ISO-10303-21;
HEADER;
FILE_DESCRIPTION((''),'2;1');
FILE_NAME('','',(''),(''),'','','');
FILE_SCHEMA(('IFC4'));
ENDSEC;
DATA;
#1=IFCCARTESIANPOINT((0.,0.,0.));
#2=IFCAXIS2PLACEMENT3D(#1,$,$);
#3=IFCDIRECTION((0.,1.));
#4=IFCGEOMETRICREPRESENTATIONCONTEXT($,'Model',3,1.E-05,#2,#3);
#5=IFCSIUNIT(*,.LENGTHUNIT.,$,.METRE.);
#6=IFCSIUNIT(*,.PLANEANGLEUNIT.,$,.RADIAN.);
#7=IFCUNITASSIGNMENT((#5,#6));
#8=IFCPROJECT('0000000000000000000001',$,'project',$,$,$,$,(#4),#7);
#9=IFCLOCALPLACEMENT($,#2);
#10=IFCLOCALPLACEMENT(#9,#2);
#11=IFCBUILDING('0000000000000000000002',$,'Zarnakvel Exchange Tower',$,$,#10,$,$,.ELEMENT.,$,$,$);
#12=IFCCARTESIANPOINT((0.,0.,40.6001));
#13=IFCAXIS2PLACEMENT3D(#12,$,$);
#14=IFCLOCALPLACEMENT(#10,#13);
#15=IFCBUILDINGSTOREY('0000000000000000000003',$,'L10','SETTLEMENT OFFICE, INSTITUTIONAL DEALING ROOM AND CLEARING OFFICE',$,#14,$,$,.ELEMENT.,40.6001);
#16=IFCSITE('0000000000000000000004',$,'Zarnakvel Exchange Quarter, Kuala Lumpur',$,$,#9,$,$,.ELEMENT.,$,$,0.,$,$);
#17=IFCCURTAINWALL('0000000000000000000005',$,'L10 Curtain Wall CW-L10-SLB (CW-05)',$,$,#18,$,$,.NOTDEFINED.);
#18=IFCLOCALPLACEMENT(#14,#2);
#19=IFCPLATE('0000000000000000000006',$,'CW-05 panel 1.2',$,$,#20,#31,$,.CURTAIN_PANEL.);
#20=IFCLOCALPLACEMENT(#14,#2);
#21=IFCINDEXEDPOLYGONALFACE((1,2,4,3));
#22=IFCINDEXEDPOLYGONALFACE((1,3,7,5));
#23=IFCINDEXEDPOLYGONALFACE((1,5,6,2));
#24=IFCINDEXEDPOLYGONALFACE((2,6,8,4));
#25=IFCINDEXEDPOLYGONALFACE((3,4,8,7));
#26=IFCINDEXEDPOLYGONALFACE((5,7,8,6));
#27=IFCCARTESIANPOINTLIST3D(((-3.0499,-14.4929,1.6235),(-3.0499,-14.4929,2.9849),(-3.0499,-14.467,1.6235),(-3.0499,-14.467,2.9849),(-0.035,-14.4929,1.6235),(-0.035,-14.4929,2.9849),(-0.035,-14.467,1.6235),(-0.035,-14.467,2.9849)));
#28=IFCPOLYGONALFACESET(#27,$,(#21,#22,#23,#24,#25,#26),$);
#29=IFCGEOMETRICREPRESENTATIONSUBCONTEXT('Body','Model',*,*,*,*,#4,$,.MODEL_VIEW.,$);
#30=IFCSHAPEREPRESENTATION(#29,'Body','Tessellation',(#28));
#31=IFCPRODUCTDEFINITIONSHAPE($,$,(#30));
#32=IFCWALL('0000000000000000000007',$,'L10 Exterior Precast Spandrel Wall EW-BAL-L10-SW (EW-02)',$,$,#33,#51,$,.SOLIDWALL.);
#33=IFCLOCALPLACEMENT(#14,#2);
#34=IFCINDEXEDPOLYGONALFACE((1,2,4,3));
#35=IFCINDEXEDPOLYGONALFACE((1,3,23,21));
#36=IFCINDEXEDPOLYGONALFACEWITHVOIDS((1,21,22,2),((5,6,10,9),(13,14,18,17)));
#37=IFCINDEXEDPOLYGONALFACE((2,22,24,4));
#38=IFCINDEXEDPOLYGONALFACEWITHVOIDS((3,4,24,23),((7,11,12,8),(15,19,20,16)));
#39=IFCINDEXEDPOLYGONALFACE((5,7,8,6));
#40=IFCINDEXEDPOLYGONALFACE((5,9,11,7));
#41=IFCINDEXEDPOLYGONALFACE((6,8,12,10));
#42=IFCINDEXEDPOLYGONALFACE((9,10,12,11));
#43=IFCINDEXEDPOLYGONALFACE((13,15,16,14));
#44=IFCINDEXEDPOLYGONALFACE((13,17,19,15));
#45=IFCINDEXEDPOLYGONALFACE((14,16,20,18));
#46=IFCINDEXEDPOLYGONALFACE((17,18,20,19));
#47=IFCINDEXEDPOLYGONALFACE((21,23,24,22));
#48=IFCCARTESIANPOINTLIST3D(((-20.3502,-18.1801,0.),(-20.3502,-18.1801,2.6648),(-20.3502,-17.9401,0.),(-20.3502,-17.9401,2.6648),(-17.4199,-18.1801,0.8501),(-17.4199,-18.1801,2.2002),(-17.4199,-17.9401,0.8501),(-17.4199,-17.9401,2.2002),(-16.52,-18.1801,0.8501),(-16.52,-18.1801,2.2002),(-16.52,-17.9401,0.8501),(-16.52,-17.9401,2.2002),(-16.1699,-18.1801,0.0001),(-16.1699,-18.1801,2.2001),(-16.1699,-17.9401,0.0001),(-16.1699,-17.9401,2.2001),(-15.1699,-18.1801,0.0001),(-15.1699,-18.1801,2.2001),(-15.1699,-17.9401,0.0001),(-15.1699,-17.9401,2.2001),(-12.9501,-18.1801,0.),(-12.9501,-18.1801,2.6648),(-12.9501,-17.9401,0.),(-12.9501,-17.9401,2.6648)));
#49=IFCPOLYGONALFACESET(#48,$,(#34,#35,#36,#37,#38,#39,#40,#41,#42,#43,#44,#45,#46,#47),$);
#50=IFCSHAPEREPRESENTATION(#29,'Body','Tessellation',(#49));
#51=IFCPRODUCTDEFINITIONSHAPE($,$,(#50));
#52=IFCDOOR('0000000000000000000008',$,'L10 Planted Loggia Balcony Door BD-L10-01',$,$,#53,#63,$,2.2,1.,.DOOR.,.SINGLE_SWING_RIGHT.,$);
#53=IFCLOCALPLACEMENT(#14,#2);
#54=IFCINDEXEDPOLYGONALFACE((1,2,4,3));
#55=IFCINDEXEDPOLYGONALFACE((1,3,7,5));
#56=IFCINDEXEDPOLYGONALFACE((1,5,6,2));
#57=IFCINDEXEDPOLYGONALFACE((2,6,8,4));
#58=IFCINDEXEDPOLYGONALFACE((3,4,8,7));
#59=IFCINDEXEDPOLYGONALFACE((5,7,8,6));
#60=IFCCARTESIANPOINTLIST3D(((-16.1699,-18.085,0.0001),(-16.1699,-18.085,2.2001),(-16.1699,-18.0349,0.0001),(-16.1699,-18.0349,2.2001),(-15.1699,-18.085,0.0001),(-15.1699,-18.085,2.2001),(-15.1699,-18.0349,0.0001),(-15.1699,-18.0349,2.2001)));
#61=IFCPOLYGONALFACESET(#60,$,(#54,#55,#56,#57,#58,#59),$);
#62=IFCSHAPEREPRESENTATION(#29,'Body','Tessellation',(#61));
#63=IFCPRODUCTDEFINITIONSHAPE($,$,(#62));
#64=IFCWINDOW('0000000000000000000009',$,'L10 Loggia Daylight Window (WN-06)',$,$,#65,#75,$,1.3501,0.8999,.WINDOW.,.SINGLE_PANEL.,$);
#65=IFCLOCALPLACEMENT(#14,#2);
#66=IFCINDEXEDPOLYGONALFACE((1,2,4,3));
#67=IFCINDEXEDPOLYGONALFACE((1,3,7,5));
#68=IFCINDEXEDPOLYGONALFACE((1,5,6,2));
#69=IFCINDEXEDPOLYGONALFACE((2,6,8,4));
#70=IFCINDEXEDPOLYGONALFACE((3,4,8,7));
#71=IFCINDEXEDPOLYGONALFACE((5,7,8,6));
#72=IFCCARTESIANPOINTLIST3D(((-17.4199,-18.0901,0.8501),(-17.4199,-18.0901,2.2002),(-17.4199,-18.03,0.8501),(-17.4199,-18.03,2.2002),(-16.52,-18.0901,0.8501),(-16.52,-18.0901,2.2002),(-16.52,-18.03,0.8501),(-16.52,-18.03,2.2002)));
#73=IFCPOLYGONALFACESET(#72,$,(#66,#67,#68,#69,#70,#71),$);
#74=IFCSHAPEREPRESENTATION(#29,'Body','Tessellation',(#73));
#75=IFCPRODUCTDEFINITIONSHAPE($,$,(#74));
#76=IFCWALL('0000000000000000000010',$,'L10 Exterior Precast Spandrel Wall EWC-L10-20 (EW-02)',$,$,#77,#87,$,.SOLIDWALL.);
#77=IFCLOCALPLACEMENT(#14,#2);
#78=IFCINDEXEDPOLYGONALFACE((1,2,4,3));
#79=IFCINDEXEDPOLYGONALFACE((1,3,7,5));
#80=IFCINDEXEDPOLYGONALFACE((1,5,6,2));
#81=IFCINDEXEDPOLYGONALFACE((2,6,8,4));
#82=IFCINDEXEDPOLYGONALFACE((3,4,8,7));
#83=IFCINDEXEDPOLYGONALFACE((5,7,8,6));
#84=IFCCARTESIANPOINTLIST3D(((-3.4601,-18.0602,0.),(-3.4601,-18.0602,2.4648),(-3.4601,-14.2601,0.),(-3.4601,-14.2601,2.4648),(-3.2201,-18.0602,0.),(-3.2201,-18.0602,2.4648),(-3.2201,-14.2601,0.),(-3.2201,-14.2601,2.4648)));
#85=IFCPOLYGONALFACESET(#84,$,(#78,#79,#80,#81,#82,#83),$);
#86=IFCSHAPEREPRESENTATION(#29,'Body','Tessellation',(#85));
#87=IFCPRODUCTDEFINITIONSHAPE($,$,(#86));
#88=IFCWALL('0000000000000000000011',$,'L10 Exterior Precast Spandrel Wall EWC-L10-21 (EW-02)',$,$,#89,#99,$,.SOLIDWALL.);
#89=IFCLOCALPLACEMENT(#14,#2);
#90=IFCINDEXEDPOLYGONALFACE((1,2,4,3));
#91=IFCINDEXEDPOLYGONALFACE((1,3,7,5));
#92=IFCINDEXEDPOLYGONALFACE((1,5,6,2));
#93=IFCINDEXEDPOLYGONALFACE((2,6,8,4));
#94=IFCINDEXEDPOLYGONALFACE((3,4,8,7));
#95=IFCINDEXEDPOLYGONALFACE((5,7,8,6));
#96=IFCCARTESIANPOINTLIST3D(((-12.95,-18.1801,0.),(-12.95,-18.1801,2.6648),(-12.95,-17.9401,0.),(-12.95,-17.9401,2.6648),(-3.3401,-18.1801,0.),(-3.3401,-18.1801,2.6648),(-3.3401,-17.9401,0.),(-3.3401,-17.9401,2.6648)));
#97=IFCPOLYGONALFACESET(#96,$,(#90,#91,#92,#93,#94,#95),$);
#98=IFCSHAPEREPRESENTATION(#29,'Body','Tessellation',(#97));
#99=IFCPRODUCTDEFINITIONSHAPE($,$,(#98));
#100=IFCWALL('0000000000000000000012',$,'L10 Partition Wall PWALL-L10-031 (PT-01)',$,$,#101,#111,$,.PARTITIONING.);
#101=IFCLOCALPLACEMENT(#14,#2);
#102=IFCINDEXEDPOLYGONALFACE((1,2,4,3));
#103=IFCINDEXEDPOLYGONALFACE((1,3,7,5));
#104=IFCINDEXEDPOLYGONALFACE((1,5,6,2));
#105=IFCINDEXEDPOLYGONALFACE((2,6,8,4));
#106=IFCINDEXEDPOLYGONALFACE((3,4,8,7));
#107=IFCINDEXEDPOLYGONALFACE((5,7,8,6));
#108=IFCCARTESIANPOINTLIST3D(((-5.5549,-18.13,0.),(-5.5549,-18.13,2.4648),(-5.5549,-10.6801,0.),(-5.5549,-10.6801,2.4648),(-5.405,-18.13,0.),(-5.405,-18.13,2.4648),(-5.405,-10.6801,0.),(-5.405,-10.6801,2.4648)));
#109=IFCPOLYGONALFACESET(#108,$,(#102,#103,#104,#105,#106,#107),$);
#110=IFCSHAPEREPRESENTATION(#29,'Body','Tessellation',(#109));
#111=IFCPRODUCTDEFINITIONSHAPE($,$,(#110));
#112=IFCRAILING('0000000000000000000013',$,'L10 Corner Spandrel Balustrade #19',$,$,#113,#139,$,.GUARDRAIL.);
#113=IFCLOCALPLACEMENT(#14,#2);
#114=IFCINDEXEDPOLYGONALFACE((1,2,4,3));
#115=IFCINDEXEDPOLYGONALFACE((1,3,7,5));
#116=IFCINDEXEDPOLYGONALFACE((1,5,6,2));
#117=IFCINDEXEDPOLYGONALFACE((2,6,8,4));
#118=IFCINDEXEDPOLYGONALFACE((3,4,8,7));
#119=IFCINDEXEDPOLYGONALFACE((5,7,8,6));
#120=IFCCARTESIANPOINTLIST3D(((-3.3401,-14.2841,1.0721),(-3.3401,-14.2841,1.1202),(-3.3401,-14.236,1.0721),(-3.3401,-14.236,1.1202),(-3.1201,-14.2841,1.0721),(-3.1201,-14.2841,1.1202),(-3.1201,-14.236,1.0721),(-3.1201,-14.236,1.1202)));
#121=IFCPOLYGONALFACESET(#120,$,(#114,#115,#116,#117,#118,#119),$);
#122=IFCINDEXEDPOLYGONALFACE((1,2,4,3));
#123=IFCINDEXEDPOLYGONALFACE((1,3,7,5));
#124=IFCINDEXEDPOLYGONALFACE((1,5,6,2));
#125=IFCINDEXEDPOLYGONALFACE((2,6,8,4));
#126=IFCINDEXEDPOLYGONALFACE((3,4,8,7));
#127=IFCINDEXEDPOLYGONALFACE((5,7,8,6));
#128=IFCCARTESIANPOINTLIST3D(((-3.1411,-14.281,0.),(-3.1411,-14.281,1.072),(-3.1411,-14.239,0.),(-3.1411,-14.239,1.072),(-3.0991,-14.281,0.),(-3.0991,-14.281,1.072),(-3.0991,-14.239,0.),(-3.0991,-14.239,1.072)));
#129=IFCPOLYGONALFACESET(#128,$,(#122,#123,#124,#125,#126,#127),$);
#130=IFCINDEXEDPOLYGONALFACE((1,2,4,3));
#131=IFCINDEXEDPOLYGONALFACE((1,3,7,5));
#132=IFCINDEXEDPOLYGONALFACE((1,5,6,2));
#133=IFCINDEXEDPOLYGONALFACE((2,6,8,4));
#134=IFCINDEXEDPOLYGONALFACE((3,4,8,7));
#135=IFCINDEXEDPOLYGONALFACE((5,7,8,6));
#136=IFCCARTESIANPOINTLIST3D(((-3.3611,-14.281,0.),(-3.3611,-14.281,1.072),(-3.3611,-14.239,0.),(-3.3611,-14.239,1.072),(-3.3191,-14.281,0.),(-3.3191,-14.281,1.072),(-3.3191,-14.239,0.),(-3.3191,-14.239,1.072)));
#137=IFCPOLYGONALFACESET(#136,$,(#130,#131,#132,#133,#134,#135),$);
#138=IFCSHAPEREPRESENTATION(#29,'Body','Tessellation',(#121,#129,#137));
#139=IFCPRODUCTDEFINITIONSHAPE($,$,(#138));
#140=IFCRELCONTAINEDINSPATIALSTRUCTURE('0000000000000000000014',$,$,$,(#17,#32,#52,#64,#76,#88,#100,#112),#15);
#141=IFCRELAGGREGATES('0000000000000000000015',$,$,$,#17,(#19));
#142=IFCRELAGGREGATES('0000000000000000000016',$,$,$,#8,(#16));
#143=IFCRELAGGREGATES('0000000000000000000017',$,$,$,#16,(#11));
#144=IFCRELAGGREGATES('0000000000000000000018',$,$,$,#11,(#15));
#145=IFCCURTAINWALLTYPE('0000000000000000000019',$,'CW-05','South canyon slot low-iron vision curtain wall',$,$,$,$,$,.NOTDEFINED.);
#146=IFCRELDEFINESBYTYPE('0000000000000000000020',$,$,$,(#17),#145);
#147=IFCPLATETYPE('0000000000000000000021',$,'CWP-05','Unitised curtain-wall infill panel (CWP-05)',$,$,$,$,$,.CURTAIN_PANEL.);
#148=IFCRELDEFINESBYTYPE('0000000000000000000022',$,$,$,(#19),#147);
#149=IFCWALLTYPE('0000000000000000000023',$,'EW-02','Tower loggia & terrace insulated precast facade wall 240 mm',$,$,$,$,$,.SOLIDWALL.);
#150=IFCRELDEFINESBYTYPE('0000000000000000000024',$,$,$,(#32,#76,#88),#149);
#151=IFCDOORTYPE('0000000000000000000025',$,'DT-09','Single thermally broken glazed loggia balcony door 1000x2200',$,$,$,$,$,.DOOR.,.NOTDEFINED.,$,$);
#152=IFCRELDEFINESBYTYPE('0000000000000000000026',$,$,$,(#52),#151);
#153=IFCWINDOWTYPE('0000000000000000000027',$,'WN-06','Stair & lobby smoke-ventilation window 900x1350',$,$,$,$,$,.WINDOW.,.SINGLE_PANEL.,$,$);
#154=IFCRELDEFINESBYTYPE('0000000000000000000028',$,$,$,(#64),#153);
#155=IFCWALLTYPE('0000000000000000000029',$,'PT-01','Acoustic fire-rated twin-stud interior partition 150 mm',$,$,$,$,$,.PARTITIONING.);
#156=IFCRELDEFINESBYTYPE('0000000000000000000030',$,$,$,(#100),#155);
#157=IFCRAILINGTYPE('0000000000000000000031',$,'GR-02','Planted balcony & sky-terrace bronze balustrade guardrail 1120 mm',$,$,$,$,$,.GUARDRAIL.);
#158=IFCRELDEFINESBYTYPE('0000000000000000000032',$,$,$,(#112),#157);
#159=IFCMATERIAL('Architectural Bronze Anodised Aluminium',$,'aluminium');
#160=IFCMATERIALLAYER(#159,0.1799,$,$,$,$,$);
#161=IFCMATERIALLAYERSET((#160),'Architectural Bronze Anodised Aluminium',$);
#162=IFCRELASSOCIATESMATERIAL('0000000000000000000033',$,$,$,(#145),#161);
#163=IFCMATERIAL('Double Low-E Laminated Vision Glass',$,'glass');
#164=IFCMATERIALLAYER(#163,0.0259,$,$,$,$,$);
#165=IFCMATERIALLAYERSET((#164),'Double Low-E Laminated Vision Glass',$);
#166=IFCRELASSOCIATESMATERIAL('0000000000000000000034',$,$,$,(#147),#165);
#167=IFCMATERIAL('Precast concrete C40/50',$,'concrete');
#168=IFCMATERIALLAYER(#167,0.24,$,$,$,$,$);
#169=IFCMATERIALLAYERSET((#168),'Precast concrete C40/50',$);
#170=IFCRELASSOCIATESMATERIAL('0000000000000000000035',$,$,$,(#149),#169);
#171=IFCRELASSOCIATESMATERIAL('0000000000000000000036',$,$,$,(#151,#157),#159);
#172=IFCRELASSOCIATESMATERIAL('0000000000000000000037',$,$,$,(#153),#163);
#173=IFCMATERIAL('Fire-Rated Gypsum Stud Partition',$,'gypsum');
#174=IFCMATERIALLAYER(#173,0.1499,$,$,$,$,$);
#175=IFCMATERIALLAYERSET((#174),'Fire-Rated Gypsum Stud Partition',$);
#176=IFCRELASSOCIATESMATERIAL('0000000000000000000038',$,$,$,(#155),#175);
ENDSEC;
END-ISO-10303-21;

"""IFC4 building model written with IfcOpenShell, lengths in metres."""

from ifc_helpers import new_model, si_unit, direction, frame, frame_2d, origin, origin_2d, place, context, subcontext, project, spatial, rectangle, extrude, source, transform, mapped, material, layer, layer_set, type_object, element, fill, aggregate, save


model = new_model("IFC4")

# Units and contexts
model_context = context("Model", 3, precision=1e-05, world=origin(), true_north=direction((0.0, 1.0)))
body_context = subcontext(model_context, "Body", "Model", "MODEL_VIEW")
ifc_project = project(units=[si_unit("LENGTHUNIT", "METRE"), si_unit("PLANEANGLEUNIT", "RADIAN")], contexts=[model_context])

# Site, building, storey
site_placement = place(None, origin())
site = spatial("IfcSite", under=ifc_project, at=site_placement, Name="Zarnakvel Exchange Quarter, Kuala Lumpur", CompositionType="ELEMENT", RefElevation=0.0)
building_placement = place(site_placement, origin())
building = spatial("IfcBuilding", under=site, at=building_placement, Name="Zarnakvel Exchange Tower", CompositionType="ELEMENT")
storey_placement = place(building_placement, frame((0.0, 0.0, 40.6001)))
storey = spatial("IfcBuildingStorey", under=building, at=storey_placement, Name="L10", Description="SETTLEMENT OFFICE, INSTITUTIONAL DEALING ROOM AND CLEARING OFFICE", CompositionType="ELEMENT", Elevation=40.6001)

# Curtain wall
ifc_material_1 = material(Name="Architectural Bronze Anodised Aluminium", Category="aluminium")
ifc_layer_1 = layer(ifc_material_1, 0.1799)
ifc_layer_set_1 = layer_set([ifc_layer_1], Name="Architectural Bronze Anodised Aluminium")
curtain_wall_type = type_object("IfcCurtainWallType", Name="CW-05", Description="South canyon slot low-iron vision curtain wall", PredefinedType="NOTDEFINED", material=ifc_layer_set_1)
curtain_wall_1_placement = place(storey_placement, origin())
curtain_wall_1 = element("IfcCurtainWall", 1, at=curtain_wall_1_placement, inside=storey, type_object=curtain_wall_type, Name="L10 Curtain Wall CW-L10-SLB (CW-05)", PredefinedType="NOTDEFINED")

# Plate
ifc_material_2 = material(Name="Double Low-E Laminated Vision Glass", Category="glass")
ifc_layer_2 = layer(ifc_material_2, 0.0259)
ifc_layer_set_2 = layer_set([ifc_layer_2], Name="Double Low-E Laminated Vision Glass")
plate_type = type_object("IfcPlateType", Name="CWP-05", Description="Unitised curtain-wall infill panel (CWP-05)", PredefinedType="CURTAIN_PANEL", material=ifc_layer_set_2)
shared_shape_1 = source(origin(), body_context, "Body", "SweptSolid", [
    extrude(rectangle(XDim=3.0149, YDim=0.0259, at=origin_2d()), origin(), (0.0, 0.0, 1.0), 1.3613),
])
plate_1_placement = place(storey_placement, frame((-1.5425, -14.48, 1.6235), z_axis=(0.0, 0.0, 1.0), x_axis=(1.0, 0.0, 0.0)))
plate_1 = element("IfcPlate", 2, at=plate_1_placement, type_object=plate_type, Name="CW-05 panel 1.2", PredefinedType="CURTAIN_PANEL", context=body_context, shape_type="MappedRepresentation", body=[
    mapped(shared_shape_1, transform((0.0, 0.0, 0.0), x_axis=(1.0, 0.0, 0.0), y_axis=(0.0, 1.0, 0.0), z_axis=(0.0, 0.0, 1.0), scale=1.0)),
])
aggregate(curtain_wall_1, [plate_1])

# Wall, openings, door, window
ifc_material_3 = material(Name="Precast concrete C40/50", Category="concrete")
ifc_layer_3 = layer(ifc_material_3, 0.24)
ifc_layer_set_3 = layer_set([ifc_layer_3], Name="Precast concrete C40/50")
wall_type_1 = type_object("IfcWallType", Name="EW-02", Description="Tower loggia & terrace insulated precast facade wall 240 mm", PredefinedType="SOLIDWALL", material=ifc_layer_set_3)
wall_1_placement = place(storey_placement, frame((-12.95, -18.0601, 0.0), z_axis=(0.0, 0.0, 1.0), x_axis=(-1.0, 0.0, 0.0)))
wall_1 = element("IfcWall", 3, at=wall_1_placement, inside=storey, type_object=wall_type_1, Name="L10 Exterior Precast Spandrel Wall EW-BAL-L10-SW (EW-02)", PredefinedType="SOLIDWALL", context=body_context, shape_type="SweptSolid", body=[
    extrude(rectangle(XDim=7.4001, YDim=0.24, at=frame_2d((3.7002, 0.0))), origin(), (0.0, 0.0, 1.0), 2.6648),
])
opening_1_placement = place(wall_1_placement, frame((2.22, 0.0, 0.0)))
opening_1 = element("IfcOpeningElement", 4, at=opening_1_placement, cuts=wall_1, PredefinedType="OPENING", context=body_context, shape_type="SweptSolid", body=[
    extrude(rectangle(XDim=1.0, YDim=2.2, at=frame_2d((0.5, 1.1001))), frame((0.0, 0.1299, 0.0), z_axis=(0.0, -1.0, 0.0), x_axis=(1.0, 0.0, 0.0)), (0.0, 0.0, 1.0), 0.26),
])
opening_2_placement = place(wall_1_placement, frame((3.5701, 0.0, 0.8501)))
opening_2 = element("IfcOpeningElement", 5, at=opening_2_placement, cuts=wall_1, PredefinedType="OPENING", context=body_context, shape_type="SweptSolid", body=[
    extrude(rectangle(XDim=0.8999, YDim=1.3501, at=frame_2d((0.45, 0.675))), frame((0.0, 0.1299, 0.0), z_axis=(0.0, -1.0, 0.0), x_axis=(1.0, 0.0, 0.0)), (0.0, 0.0, 1.0), 0.26),
])
door_type = type_object("IfcDoorType", Name="DT-09", Description="Single thermally broken glazed loggia balcony door 1000x2200", OperationType="NOTDEFINED", PredefinedType="DOOR", material=ifc_material_1)
shared_shape_2 = source(origin(), body_context, "Body", "SweptSolid", [
    extrude(rectangle(XDim=1.0, YDim=2.2, at=frame_2d((0.5, 1.1001))), frame((0.0, 0.0249, 0.0), z_axis=(0.0, -1.0, 0.0), x_axis=(1.0, 0.0, 0.0)), (0.0, 0.0, 1.0), 0.05),
])
door_placement = place(opening_1_placement, origin())
door = element("IfcDoor", 6, at=door_placement, inside=storey, type_object=door_type, Name="L10 Planted Loggia Balcony Door BD-L10-01", OperationType="SINGLE_SWING_RIGHT", OverallHeight=2.2, OverallWidth=1.0, PredefinedType="DOOR", context=body_context, shape_type="MappedRepresentation", body=[
    mapped(shared_shape_2, transform((0.0, 0.0, 0.0), x_axis=(1.0, 0.0, 0.0), y_axis=(0.0, 1.0, 0.0), z_axis=(0.0, 0.0, 1.0), scale=1.0)),
])
fill(opening_1, door)
window_type = type_object("IfcWindowType", Name="WN-06", Description="Stair & lobby smoke-ventilation window 900x1350", PartitioningType="SINGLE_PANEL", PredefinedType="WINDOW", material=ifc_material_2)
shared_shape_3 = source(origin(), body_context, "Body", "SweptSolid", [
    extrude(rectangle(XDim=0.8999, YDim=1.3501, at=frame_2d((0.45, 0.675))), frame((0.0, 0.03, 0.0), z_axis=(0.0, -1.0, 0.0), x_axis=(1.0, 0.0, 0.0)), (0.0, 0.0, 1.0), 0.0601),
])
window_placement = place(opening_2_placement, origin())
window = element("IfcWindow", 7, at=window_placement, inside=storey, type_object=window_type, Name="L10 Loggia Daylight Window (WN-06)", OverallHeight=1.3501, OverallWidth=0.8999, PartitioningType="SINGLE_PANEL", PredefinedType="WINDOW", context=body_context, shape_type="MappedRepresentation", body=[
    mapped(shared_shape_3, transform((0.0, 0.0, 0.0), x_axis=(1.0, 0.0, 0.0), y_axis=(0.0, 1.0, 0.0), z_axis=(0.0, 0.0, 1.0), scale=1.0)),
])
fill(opening_2, window)

# Walls
wall_2_placement = place(storey_placement, frame((-3.3401, -18.0601, 0.0), z_axis=(0.0, 0.0, 1.0), x_axis=(0.0, 1.0, 0.0)))
element("IfcWall", 8, at=wall_2_placement, inside=storey, type_object=wall_type_1, Name="L10 Exterior Precast Spandrel Wall EWC-L10-20 (EW-02)", PredefinedType="SOLIDWALL", context=body_context, shape_type="SweptSolid", body=[
    extrude(rectangle(XDim=3.8, YDim=0.24, at=frame_2d((1.8999, 0.0))), origin(), (0.0, 0.0, 1.0), 2.4648),
])
wall_3_placement = place(storey_placement, frame((-12.95, -18.0601, 0.0), z_axis=(0.0, 0.0, 1.0), x_axis=(1.0, 0.0, 0.0)))
element("IfcWall", 9, at=wall_3_placement, inside=storey, type_object=wall_type_1, Name="L10 Exterior Precast Spandrel Wall EWC-L10-21 (EW-02)", PredefinedType="SOLIDWALL", context=body_context, shape_type="SweptSolid", body=[
    extrude(rectangle(XDim=9.6099, YDim=0.24, at=frame_2d((4.8049, 0.0))), origin(), (0.0, 0.0, 1.0), 2.6648),
])
ifc_material_4 = material(Name="Fire-Rated Gypsum Stud Partition", Category="gypsum")
ifc_layer_4 = layer(ifc_material_4, 0.1499)
ifc_layer_set_4 = layer_set([ifc_layer_4], Name="Fire-Rated Gypsum Stud Partition")
wall_type_2 = type_object("IfcWallType", Name="PT-01", Description="Acoustic fire-rated twin-stud interior partition 150 mm", PredefinedType="PARTITIONING", material=ifc_layer_set_4)
wall_4_placement = place(storey_placement, frame((-5.48, -10.6799, 0.0), z_axis=(0.0, 0.0, 1.0), x_axis=(0.0, -1.0, 0.0)))
element("IfcWall", 10, at=wall_4_placement, inside=storey, type_object=wall_type_2, Name="L10 Partition Wall PWALL-L10-031 (PT-01)", PredefinedType="PARTITIONING", context=body_context, shape_type="SweptSolid", body=[
    extrude(rectangle(XDim=7.45, YDim=0.1499, at=frame_2d((3.7251, 0.0))), origin(), (0.0, 0.0, 1.0), 2.4648),
])

# Railing
railing_type = type_object("IfcRailingType", Name="GR-02", Description="Planted balcony & sky-terrace bronze balustrade guardrail 1120 mm", PredefinedType="GUARDRAIL", material=ifc_material_1)
railing_placement = place(storey_placement, frame((-3.1201, -14.26, 0.0)))
element("IfcRailing", 11, at=railing_placement, inside=storey, type_object=railing_type, Name="L10 Corner Spandrel Balustrade #19", PredefinedType="GUARDRAIL", context=body_context, shape_type="SweptSolid", body=[
    extrude(rectangle(XDim=0.0481, YDim=0.0481, at=origin_2d()), frame((0.0, 0.0, 1.0962), z_axis=(-1.0, 0.0, 0.0), x_axis=(0.0, -1.0, 0.0)), (0.0, 0.0, 1.0), 0.22),
    extrude(rectangle(XDim=0.042, YDim=0.042, at=origin_2d()), origin(), (0.0, 0.0, 1.0), 1.072),
    extrude(rectangle(XDim=0.042, YDim=0.042, at=origin_2d()), frame((-0.22, 0.0, 0.0)), (0.0, 0.0, 1.0), 1.072),
])

save(model, "model.ifc")
